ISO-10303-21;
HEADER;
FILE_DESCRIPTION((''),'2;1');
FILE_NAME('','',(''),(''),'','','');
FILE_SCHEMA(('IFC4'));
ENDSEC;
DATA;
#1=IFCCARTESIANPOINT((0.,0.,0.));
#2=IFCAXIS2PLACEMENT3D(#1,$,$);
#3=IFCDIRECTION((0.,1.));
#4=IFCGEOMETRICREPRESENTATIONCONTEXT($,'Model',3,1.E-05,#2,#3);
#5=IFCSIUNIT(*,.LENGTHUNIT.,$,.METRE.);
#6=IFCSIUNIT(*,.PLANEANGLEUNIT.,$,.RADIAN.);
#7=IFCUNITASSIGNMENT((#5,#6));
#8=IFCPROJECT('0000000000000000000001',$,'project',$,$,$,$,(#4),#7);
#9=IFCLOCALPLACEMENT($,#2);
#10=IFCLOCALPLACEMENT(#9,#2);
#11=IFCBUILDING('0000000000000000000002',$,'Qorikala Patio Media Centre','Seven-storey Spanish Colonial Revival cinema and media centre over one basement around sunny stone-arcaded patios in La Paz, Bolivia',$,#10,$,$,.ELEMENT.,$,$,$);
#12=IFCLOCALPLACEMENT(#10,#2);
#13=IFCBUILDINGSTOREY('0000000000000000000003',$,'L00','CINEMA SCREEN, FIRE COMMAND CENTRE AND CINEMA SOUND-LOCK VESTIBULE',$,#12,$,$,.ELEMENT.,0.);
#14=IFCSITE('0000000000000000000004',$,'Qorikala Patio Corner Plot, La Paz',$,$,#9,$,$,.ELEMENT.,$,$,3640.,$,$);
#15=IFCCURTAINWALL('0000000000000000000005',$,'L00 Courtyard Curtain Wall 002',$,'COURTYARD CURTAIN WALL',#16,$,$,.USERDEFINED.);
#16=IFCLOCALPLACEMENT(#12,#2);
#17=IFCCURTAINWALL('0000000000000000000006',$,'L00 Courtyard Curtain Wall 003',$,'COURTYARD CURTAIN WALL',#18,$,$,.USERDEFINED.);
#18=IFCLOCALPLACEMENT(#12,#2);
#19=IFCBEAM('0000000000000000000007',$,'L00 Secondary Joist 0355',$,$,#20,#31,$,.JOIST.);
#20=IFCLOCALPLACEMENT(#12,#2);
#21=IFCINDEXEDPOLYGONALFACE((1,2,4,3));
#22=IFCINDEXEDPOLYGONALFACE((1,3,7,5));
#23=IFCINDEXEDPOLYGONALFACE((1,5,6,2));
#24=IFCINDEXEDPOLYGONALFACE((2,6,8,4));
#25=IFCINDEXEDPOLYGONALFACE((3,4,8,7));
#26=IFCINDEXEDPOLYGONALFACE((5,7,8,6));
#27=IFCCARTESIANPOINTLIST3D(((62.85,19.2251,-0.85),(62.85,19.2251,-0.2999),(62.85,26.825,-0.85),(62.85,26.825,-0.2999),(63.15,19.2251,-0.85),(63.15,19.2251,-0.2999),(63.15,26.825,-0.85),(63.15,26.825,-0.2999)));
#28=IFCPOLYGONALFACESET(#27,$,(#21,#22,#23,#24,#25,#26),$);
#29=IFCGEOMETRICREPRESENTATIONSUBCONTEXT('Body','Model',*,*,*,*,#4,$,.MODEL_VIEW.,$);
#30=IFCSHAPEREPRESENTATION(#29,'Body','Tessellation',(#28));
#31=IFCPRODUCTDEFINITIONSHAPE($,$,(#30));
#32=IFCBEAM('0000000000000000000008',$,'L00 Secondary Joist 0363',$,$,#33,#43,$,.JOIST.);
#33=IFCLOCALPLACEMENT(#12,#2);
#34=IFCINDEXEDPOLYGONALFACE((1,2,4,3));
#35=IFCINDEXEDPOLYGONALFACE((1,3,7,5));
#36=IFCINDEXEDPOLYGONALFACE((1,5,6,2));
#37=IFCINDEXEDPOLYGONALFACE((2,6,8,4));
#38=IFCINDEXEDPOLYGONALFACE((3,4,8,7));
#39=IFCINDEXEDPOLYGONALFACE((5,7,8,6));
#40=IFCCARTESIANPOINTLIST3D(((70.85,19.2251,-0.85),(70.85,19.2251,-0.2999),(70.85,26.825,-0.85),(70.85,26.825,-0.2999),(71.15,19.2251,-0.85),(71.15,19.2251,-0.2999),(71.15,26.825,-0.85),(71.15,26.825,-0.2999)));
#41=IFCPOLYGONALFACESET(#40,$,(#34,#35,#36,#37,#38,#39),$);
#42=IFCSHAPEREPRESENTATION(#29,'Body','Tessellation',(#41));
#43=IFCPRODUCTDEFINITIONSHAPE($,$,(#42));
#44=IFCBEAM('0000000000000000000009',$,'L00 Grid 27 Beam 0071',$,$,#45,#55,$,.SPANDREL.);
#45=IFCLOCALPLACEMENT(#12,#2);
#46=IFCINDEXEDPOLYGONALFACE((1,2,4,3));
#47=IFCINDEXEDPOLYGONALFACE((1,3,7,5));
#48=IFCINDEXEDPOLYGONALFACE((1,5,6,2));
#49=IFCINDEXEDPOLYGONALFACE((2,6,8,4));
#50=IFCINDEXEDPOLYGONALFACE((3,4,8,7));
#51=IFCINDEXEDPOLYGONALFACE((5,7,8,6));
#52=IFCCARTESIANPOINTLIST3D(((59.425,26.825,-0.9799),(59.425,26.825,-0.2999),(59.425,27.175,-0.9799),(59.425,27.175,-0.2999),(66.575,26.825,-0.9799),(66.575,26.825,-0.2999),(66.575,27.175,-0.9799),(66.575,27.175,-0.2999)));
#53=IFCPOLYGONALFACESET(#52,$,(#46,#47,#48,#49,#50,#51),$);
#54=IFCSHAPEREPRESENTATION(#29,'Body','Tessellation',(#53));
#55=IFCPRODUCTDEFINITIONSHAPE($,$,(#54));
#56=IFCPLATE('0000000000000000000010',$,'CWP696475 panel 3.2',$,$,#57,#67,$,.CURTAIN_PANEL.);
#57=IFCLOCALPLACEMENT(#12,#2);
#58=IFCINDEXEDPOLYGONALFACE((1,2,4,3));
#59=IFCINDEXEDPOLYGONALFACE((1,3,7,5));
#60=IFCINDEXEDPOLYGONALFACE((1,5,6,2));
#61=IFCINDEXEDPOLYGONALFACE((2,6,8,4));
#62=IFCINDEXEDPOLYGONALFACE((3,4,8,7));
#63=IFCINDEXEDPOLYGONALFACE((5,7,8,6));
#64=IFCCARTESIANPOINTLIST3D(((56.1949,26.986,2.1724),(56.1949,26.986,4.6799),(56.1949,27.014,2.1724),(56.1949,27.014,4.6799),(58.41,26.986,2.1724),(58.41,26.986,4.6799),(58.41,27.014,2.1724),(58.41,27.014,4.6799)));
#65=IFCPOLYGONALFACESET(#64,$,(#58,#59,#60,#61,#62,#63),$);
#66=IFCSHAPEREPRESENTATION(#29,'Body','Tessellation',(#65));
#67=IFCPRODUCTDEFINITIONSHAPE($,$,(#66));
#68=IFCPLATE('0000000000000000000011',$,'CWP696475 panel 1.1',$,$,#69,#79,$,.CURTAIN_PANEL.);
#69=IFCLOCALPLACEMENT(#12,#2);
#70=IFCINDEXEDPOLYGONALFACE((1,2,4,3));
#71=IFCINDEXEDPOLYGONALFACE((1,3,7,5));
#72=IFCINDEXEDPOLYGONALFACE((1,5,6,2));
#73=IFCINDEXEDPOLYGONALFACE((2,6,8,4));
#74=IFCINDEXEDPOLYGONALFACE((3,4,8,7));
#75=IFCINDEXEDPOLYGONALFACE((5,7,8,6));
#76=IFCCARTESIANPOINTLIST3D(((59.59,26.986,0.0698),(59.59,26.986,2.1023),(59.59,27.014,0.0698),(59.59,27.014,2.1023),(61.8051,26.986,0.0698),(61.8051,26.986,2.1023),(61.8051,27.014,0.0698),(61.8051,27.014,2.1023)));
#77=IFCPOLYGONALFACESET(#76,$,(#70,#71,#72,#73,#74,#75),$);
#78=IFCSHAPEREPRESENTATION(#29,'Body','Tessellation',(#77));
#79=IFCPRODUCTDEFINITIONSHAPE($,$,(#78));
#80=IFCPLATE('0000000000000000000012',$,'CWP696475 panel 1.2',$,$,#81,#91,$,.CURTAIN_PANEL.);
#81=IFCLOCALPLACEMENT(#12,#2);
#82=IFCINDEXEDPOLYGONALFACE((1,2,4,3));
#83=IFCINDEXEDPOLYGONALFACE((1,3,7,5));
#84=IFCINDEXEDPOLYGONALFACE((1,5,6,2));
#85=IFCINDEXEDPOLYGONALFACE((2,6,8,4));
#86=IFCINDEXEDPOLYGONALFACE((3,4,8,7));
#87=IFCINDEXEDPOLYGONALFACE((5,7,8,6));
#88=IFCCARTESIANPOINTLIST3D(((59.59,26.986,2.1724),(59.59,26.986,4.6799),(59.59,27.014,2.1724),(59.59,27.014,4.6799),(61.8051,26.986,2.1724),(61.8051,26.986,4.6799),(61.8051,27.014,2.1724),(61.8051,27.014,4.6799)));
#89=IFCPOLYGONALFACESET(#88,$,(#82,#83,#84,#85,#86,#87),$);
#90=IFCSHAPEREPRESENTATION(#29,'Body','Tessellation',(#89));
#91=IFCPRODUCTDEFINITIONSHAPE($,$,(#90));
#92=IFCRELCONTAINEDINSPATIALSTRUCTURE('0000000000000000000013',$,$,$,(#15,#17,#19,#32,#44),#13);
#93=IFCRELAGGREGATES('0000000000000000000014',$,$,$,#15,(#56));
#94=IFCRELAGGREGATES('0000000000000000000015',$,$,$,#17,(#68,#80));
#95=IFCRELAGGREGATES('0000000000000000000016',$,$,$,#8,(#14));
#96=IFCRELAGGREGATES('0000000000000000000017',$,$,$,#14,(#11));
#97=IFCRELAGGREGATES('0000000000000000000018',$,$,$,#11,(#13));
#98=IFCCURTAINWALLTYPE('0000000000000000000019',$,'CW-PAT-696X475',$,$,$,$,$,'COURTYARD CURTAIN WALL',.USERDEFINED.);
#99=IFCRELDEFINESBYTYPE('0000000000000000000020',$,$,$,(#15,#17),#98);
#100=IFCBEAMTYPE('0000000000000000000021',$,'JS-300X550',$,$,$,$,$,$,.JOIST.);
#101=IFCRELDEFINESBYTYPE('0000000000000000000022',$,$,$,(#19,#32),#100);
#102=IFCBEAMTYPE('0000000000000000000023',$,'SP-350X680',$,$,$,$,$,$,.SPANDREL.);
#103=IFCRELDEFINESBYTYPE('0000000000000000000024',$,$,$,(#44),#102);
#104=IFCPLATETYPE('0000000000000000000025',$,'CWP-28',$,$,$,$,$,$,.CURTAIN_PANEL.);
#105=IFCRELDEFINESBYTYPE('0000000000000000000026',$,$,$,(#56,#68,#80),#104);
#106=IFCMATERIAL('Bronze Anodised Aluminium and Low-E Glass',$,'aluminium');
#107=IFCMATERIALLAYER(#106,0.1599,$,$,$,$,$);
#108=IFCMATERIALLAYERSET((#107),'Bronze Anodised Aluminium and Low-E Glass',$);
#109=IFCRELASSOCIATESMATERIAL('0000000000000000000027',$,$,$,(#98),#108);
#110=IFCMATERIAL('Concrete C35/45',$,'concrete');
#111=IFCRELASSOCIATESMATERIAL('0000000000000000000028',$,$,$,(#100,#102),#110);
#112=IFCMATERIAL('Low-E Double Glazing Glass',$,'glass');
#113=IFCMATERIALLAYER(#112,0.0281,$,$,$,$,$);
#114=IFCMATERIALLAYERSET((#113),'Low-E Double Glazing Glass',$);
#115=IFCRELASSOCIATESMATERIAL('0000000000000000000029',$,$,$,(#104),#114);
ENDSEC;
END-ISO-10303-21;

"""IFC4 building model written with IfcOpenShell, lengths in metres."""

from ifc_helpers import new_model, si_unit, direction, frame, origin, origin_2d, place, context, subcontext, project, spatial, rectangle, extrude, material, layer, layer_set, material_profile, profile_set, type_object, element, aggregate, save


model = new_model("IFC4")

# Units and contexts
model_context = context("Model", 3, precision=1e-05, world=origin(), true_north=direction((0.0, 1.0)))
body_context = subcontext(model_context, "Body", "Model", "MODEL_VIEW")
ifc_project = project(units=[si_unit("LENGTHUNIT", "METRE"), si_unit("PLANEANGLEUNIT", "RADIAN")], contexts=[model_context])

# Site, building, storey
site_placement = place(None, origin())
site = spatial("IfcSite", under=ifc_project, at=site_placement, Name="Qorikala Patio Corner Plot, La Paz", CompositionType="ELEMENT", RefElevation=3640.0)
building_placement = place(site_placement, origin())
building = spatial("IfcBuilding", under=site, at=building_placement, Name="Qorikala Patio Media Centre", Description="Seven-storey Spanish Colonial Revival cinema and media centre over one basement around sunny stone-arcaded patios in La Paz, Bolivia", CompositionType="ELEMENT")
storey_placement = place(building_placement, origin())
storey = spatial("IfcBuildingStorey", under=building, at=storey_placement, Name="L00", Description="CINEMA SCREEN, FIRE COMMAND CENTRE AND CINEMA SOUND-LOCK VESTIBULE", CompositionType="ELEMENT", Elevation=0.0)

# Shared definitions
ifc_material_1 = material(Name="Concrete C35/45", Category="concrete")

# Curtain wall
ifc_material_2 = material(Name="Bronze Anodised Aluminium and Low-E Glass", Category="aluminium")
ifc_layer_1 = layer(ifc_material_2, 0.1599)
ifc_layer_set_1 = layer_set([ifc_layer_1], Name="Bronze Anodised Aluminium and Low-E Glass")
curtain_wall_type = type_object("IfcCurtainWallType", Name="CW-PAT-696X475", ElementType="COURTYARD CURTAIN WALL", PredefinedType="USERDEFINED", material=ifc_layer_set_1)
curtain_wall_1_placement = place(storey_placement, origin())
curtain_wall_1 = element("IfcCurtainWall", 1, at=curtain_wall_1_placement, inside=storey, type_object=curtain_wall_type, Name="L00 Courtyard Curtain Wall 002", ObjectType="COURTYARD CURTAIN WALL", PredefinedType="USERDEFINED")

# Curtain wall
curtain_wall_2_placement = place(storey_placement, origin())
curtain_wall_2 = element("IfcCurtainWall", 2, at=curtain_wall_2_placement, inside=storey, type_object=curtain_wall_type, Name="L00 Courtyard Curtain Wall 003", ObjectType="COURTYARD CURTAIN WALL", PredefinedType="USERDEFINED")

# Beams
ifc_material_profile_1 = material_profile(ifc_material_1, rectangle(XDim=0.3, YDim=0.55, at=origin_2d()), Name="RC 300x550")
ifc_profile_set_1 = profile_set([ifc_material_profile_1], Name="Concrete C35/45")
beam_type_1 = type_object("IfcBeamType", Name="JS-300X550", PredefinedType="JOIST", material=ifc_profile_set_1)
for number, where, z_axis, x_axis, name in (
    (3, (63.0, 19.2251, -0.575), (0.0, 1.0, 0.0), (-1.0, 0.0, 0.0), "L00 Secondary Joist 0355"),
    (4, (71.0, 19.2251, -0.575), (0.0, 1.0, 0.0), (-1.0, 0.0, 0.0), "L00 Secondary Joist 0363"),
):
    element("IfcBeam", number, at=place(storey_placement, frame(where, z_axis=z_axis, x_axis=x_axis)), inside=storey, type_object=beam_type_1, Name=name, PredefinedType="JOIST", context=body_context, shape_type="SweptSolid", body=[
        extrude(rectangle(XDim=0.3, YDim=0.55, at=origin_2d()), origin(), (0.0, 0.0, 1.0), 7.5999),
    ])
ifc_material_profile_2 = material_profile(ifc_material_1, rectangle(XDim=0.3501, YDim=0.6799, at=origin_2d()), Name="RC 350x680")
ifc_profile_set_2 = profile_set([ifc_material_profile_2], Name="Concrete C35/45")
beam_type_2 = type_object("IfcBeamType", Name="SP-350X680", PredefinedType="SPANDREL", material=ifc_profile_set_2)
beam_placement = place(storey_placement, frame((59.425, 27.0, -0.6399), z_axis=(1.0, 0.0, 0.0), x_axis=(0.0, 1.0, 0.0)))
element("IfcBeam", 5, at=beam_placement, inside=storey, type_object=beam_type_2, Name="L00 Grid 27 Beam 0071", PredefinedType="SPANDREL", context=body_context, shape_type="SweptSolid", body=[
    extrude(rectangle(XDim=0.3501, YDim=0.6799, at=origin_2d()), origin(), (0.0, 0.0, 1.0), 7.1499),
])

# Plates
ifc_material_3 = material(Name="Low-E Double Glazing Glass", Category="glass")
ifc_layer_2 = layer(ifc_material_3, 0.0281)
ifc_layer_set_2 = layer_set([ifc_layer_2], Name="Low-E Double Glazing Glass")
plate_type = type_object("IfcPlateType", Name="CWP-28", PredefinedType="CURTAIN_PANEL", material=ifc_layer_set_2)
plate_1_placement = place(storey_placement, frame((57.3025, 27.0, 2.1724), z_axis=(0.0, 0.0, 1.0), x_axis=(1.0, 0.0, 0.0)))
plate_1 = element("IfcPlate", 6, at=plate_1_placement, type_object=plate_type, Name="CWP696475 panel 3.2", PredefinedType="CURTAIN_PANEL", context=body_context, shape_type="SweptSolid", body=[
    extrude(rectangle(XDim=2.2151, YDim=0.0281, at=origin_2d()), origin(), (0.0, 0.0, 1.0), 2.5076),
])
aggregate(curtain_wall_1, [plate_1])
plate_2_placement = place(storey_placement, frame((60.6975, 27.0, 0.0698), z_axis=(0.0, 0.0, 1.0), x_axis=(1.0, 0.0, 0.0)))
plate_2 = element("IfcPlate", 7, at=plate_2_placement, type_object=plate_type, Name="CWP696475 panel 1.1", PredefinedType="CURTAIN_PANEL", context=body_context, shape_type="SweptSolid", body=[
    extrude(rectangle(XDim=2.2151, YDim=0.0281, at=origin_2d()), origin(), (0.0, 0.0, 1.0), 2.0325),
])
plate_3_placement = place(storey_placement, frame((60.6975, 27.0, 2.1724), z_axis=(0.0, 0.0, 1.0), x_axis=(1.0, 0.0, 0.0)))
plate_3 = element("IfcPlate", 8, at=plate_3_placement, type_object=plate_type, Name="CWP696475 panel 1.2", PredefinedType="CURTAIN_PANEL", context=body_context, shape_type="SweptSolid", body=[
    extrude(rectangle(XDim=2.2151, YDim=0.0281, at=origin_2d()), origin(), (0.0, 0.0, 1.0), 2.5076),
])
aggregate(curtain_wall_2, [plate_2, plate_3])

save(model, "model.ifc")
